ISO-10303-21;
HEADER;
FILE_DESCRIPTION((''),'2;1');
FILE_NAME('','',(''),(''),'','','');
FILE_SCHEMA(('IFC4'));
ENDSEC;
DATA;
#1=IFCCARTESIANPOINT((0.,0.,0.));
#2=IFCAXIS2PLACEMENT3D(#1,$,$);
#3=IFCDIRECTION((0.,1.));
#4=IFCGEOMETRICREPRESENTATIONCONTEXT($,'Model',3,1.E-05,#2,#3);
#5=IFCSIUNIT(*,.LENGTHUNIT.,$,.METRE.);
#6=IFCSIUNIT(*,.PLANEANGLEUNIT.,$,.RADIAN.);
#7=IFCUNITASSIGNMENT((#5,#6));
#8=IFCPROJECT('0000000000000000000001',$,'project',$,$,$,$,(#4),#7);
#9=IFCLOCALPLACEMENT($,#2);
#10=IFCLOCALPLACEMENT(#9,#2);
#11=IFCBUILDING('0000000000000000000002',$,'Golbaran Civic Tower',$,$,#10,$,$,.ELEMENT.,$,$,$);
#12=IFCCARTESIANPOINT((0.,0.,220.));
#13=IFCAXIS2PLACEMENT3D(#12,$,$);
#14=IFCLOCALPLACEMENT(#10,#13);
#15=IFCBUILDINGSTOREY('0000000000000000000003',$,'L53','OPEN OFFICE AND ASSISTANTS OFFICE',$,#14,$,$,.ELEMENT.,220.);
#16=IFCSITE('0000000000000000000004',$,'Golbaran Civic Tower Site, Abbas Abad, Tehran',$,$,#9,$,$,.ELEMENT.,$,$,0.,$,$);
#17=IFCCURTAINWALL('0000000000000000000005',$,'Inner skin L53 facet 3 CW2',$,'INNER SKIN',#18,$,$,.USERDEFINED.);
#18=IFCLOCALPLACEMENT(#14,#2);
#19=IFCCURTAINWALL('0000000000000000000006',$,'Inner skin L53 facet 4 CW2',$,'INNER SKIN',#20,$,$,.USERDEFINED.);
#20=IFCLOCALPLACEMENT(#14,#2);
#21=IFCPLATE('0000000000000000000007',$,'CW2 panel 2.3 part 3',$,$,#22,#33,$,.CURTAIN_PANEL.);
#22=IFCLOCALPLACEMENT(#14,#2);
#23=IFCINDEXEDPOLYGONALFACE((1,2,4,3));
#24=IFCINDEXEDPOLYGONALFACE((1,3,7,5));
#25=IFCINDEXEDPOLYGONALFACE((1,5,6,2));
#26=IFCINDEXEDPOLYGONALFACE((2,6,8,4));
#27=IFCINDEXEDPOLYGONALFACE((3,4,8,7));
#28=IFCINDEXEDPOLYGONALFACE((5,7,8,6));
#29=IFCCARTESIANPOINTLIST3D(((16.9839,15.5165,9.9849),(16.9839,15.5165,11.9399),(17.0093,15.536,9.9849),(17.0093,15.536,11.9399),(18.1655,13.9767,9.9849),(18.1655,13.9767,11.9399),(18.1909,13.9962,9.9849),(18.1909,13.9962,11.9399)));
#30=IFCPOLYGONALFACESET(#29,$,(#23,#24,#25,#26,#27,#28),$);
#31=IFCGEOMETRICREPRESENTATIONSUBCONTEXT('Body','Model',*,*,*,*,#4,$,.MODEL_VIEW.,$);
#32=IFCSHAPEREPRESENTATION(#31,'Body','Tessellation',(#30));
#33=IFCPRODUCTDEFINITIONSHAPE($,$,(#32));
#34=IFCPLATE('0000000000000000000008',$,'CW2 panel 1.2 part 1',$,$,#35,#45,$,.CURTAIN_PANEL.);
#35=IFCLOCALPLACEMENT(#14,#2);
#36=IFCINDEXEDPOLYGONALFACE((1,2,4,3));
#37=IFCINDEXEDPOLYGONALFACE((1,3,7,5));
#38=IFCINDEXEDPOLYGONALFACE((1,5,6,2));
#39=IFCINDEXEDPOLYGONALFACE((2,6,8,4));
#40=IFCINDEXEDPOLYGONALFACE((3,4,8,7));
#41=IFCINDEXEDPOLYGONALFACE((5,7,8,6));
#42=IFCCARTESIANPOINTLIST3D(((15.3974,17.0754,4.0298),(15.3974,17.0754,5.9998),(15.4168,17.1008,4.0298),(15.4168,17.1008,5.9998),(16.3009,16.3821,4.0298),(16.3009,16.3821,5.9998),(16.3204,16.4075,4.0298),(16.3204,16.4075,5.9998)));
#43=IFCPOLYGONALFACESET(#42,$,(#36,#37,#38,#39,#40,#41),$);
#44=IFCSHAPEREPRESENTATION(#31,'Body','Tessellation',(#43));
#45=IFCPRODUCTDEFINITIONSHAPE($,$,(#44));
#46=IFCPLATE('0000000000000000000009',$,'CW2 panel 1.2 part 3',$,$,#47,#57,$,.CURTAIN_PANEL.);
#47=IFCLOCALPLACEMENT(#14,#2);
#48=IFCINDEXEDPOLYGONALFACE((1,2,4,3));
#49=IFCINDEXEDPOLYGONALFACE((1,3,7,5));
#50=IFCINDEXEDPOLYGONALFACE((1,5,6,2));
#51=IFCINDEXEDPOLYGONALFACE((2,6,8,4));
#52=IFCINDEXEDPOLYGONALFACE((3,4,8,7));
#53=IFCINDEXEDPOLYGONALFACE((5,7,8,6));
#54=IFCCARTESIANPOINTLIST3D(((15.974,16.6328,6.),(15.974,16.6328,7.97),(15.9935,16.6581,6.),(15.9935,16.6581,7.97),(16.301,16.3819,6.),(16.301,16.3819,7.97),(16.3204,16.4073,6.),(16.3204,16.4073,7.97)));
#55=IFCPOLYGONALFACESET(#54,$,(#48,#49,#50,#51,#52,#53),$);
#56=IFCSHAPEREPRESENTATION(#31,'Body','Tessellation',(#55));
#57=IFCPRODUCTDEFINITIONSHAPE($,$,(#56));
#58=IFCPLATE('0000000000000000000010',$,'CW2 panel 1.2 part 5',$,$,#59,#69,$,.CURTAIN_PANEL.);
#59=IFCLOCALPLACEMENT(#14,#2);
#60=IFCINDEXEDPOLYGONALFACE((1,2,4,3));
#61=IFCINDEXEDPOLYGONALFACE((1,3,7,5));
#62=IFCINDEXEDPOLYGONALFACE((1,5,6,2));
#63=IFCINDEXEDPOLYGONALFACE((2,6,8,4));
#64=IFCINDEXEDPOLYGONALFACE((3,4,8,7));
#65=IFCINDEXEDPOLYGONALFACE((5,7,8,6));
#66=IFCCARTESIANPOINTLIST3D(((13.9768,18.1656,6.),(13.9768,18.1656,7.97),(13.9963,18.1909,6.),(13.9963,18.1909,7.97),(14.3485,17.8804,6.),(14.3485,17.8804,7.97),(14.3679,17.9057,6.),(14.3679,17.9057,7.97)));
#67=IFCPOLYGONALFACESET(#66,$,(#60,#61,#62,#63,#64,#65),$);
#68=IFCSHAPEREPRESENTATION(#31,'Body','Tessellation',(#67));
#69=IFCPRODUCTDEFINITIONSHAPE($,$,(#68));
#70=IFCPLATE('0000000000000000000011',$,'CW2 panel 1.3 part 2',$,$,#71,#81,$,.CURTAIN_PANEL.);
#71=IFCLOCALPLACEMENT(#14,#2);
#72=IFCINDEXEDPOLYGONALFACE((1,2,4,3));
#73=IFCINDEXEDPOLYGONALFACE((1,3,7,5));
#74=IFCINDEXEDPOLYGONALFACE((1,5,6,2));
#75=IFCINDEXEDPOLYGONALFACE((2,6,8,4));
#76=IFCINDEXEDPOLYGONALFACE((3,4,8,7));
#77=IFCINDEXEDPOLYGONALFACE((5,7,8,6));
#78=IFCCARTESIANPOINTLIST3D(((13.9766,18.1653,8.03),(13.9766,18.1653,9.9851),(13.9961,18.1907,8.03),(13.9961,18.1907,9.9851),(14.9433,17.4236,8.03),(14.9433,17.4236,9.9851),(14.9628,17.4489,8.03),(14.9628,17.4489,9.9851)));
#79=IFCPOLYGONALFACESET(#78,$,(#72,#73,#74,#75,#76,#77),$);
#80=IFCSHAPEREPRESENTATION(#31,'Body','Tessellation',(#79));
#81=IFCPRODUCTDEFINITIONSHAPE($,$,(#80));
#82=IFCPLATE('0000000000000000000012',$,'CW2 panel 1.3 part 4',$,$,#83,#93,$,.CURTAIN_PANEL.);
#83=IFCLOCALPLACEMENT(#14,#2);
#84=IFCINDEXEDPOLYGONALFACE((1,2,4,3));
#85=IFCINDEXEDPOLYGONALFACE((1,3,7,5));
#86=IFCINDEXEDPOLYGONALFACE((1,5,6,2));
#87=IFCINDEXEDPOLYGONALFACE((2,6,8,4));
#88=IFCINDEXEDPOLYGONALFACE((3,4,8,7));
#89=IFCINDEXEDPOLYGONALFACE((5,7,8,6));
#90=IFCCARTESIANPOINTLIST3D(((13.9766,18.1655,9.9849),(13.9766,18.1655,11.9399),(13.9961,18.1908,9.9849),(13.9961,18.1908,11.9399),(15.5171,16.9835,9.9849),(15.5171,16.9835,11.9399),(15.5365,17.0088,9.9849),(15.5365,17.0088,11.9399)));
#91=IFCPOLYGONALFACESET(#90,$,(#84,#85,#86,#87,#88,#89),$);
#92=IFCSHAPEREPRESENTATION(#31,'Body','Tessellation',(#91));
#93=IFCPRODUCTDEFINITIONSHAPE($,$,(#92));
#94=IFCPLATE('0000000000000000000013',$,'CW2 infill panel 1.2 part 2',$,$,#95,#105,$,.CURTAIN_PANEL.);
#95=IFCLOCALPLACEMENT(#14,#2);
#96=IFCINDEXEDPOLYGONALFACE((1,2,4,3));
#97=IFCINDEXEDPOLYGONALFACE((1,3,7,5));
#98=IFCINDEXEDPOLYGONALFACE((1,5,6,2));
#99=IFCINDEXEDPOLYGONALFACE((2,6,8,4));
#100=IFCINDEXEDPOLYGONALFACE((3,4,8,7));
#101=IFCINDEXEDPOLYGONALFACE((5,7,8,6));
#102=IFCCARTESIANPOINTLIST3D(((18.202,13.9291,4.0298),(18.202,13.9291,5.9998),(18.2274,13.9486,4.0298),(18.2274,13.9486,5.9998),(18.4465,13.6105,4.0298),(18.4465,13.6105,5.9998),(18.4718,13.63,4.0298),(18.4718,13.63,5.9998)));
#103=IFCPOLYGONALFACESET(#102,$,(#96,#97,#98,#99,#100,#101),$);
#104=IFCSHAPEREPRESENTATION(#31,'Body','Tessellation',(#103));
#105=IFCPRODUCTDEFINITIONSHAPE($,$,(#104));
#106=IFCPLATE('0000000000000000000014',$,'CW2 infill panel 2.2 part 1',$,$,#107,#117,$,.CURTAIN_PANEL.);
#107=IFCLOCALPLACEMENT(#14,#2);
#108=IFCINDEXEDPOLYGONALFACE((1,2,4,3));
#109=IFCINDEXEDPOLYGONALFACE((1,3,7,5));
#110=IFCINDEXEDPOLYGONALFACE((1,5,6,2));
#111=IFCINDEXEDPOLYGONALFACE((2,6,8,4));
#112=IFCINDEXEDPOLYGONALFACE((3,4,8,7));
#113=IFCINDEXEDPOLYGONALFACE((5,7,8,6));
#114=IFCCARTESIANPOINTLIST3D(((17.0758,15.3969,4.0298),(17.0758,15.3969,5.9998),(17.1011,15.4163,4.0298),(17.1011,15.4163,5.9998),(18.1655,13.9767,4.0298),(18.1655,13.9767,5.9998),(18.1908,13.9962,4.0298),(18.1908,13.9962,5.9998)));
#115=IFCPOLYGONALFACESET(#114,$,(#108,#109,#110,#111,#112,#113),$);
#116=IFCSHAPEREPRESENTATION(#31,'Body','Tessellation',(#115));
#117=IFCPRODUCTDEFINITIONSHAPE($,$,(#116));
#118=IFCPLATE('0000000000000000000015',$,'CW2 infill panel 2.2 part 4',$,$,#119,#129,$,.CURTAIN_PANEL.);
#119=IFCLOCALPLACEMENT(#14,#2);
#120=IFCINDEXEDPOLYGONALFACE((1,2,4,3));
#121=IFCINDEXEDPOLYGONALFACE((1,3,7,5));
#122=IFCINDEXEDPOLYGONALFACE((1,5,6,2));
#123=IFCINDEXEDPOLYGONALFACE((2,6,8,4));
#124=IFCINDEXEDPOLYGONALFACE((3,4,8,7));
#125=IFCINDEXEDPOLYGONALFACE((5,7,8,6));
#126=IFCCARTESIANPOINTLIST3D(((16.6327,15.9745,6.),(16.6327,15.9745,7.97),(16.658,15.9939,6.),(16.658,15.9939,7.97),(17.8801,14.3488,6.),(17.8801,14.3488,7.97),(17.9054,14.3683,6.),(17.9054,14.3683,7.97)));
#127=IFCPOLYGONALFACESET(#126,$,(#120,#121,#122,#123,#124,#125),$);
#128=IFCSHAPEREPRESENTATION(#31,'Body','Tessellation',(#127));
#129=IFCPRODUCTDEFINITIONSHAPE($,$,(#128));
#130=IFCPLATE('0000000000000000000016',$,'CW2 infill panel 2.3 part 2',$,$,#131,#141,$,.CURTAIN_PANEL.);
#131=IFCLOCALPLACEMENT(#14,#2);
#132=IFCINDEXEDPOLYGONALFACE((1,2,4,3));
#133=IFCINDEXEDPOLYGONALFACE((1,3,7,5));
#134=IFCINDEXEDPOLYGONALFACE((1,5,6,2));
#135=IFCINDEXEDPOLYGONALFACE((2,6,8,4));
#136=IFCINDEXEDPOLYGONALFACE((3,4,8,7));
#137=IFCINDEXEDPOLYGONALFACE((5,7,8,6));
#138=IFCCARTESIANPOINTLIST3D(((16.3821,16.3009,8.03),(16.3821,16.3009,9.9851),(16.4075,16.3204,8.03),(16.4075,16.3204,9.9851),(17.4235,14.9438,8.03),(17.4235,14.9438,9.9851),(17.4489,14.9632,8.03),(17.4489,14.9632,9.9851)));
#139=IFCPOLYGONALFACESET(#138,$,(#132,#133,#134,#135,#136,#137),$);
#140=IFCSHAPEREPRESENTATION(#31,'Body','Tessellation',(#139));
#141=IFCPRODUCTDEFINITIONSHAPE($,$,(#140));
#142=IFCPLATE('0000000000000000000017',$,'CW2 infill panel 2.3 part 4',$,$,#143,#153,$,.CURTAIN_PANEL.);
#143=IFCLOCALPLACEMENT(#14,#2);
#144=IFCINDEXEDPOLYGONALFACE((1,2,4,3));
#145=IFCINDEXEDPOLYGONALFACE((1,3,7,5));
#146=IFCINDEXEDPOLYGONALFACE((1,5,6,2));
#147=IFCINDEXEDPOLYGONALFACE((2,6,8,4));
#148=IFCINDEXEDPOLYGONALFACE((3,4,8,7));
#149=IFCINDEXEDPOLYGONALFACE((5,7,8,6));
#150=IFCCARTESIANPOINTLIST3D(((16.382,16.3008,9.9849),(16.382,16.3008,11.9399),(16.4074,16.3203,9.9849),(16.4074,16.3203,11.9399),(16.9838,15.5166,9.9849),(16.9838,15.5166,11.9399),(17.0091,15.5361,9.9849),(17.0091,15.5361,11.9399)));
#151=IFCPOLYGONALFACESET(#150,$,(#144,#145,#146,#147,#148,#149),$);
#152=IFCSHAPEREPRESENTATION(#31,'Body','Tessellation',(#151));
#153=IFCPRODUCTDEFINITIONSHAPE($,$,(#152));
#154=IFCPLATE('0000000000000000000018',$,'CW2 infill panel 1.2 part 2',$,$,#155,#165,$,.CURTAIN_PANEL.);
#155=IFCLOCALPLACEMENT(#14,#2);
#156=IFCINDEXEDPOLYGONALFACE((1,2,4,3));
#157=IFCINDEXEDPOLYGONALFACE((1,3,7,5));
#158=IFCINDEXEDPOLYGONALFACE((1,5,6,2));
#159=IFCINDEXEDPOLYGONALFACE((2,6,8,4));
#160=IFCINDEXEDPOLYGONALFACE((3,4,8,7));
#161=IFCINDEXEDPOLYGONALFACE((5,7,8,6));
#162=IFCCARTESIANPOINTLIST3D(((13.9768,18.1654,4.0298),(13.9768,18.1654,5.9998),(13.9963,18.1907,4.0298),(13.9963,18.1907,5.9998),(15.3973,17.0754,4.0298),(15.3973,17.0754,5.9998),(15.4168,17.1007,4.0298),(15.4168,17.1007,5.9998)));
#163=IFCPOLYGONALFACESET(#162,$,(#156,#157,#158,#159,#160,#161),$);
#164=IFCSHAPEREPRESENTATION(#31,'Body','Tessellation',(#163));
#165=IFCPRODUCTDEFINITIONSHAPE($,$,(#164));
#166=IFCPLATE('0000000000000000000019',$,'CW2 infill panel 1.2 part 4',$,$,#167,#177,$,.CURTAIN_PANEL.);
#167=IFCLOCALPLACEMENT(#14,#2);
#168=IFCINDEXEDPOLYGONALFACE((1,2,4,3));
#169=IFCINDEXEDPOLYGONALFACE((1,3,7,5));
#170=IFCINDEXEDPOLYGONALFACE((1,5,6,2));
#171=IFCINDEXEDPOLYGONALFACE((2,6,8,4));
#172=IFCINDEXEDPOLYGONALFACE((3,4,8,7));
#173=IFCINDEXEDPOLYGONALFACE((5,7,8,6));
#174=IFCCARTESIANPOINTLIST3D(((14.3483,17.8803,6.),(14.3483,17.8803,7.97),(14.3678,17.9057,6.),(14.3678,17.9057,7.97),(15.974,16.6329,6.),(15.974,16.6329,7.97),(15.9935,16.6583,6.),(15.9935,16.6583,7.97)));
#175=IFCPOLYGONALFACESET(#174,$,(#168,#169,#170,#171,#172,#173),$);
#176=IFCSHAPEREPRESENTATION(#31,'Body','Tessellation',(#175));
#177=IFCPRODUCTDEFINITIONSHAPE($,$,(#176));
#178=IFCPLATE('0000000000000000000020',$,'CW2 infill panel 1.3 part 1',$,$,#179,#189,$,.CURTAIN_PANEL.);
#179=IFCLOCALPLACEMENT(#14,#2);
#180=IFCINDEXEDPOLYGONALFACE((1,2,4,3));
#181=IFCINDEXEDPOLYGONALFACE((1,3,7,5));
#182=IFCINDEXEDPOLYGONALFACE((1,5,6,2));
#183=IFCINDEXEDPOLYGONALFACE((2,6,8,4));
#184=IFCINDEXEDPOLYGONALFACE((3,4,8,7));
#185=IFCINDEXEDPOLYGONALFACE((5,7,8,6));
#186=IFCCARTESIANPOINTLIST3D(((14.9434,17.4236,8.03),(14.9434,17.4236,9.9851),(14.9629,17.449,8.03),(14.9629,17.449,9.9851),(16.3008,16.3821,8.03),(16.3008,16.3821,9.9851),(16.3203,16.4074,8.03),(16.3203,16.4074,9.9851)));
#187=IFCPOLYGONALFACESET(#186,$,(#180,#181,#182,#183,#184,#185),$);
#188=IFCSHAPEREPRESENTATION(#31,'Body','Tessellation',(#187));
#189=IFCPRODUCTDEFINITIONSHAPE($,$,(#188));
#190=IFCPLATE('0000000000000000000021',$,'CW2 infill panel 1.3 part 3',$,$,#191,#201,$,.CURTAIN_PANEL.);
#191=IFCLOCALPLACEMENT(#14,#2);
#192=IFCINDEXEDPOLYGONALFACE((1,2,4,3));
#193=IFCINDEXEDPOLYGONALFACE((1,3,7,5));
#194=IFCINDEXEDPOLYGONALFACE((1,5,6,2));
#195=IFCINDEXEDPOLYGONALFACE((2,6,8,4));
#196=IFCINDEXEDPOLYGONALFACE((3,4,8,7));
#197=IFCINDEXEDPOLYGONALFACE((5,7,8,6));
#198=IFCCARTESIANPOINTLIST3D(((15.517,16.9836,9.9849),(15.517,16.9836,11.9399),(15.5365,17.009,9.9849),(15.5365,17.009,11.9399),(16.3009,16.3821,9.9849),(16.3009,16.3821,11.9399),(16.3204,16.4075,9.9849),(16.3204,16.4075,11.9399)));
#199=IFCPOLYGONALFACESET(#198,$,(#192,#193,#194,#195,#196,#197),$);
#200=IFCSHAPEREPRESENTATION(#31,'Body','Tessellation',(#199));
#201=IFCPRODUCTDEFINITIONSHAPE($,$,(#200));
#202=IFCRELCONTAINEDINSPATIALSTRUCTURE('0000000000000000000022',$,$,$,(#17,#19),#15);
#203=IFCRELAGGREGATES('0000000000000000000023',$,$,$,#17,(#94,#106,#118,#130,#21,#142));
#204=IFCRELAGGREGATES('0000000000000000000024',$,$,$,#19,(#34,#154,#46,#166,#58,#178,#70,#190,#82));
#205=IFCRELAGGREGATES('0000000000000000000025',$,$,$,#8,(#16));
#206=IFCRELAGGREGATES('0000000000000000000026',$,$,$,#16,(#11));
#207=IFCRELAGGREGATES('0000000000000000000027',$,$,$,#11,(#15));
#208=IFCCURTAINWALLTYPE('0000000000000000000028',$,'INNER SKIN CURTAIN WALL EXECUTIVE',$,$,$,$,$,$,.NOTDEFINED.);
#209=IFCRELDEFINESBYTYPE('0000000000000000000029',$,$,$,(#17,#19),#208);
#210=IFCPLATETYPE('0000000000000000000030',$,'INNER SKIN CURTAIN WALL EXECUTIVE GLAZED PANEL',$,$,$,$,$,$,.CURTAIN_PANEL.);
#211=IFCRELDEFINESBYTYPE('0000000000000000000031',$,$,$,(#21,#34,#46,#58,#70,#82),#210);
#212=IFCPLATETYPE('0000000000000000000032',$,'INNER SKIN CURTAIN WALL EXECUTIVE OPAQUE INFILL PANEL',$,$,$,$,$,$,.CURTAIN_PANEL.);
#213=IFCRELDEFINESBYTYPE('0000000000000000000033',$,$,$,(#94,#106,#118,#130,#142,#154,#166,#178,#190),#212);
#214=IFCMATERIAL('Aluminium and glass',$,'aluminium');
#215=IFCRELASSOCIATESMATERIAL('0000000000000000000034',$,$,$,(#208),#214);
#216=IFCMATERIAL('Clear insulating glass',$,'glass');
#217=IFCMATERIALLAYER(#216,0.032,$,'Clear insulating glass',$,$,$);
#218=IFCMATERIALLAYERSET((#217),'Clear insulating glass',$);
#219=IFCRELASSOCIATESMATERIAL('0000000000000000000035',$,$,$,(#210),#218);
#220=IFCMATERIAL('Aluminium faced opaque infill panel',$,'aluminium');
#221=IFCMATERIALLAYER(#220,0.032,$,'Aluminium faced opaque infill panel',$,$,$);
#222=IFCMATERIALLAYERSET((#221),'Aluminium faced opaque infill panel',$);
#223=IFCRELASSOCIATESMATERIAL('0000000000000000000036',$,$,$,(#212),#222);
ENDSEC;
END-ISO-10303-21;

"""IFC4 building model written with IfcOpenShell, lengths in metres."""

from ifc_helpers import new_model, si_unit, direction, frame, origin, origin_2d, place, context, subcontext, project, spatial, rectangle, extrude, material, layer, layer_set, type_object, element, aggregate, save


model = new_model("IFC4")

# Units and contexts
model_context = context("Model", 3, precision=1e-05, world=origin(), true_north=direction((0.0, 1.0)))
body_context = subcontext(model_context, "Body", "Model", "MODEL_VIEW")
ifc_project = project(units=[si_unit("LENGTHUNIT", "METRE"), si_unit("PLANEANGLEUNIT", "RADIAN")], contexts=[model_context])

# Site, building, storey
site_placement = place(None, origin())
site = spatial("IfcSite", under=ifc_project, at=site_placement, Name="Golbaran Civic Tower Site, Abbas Abad, Tehran", CompositionType="ELEMENT", RefElevation=0.0)
building_placement = place(site_placement, origin())
building = spatial("IfcBuilding", under=site, at=building_placement, Name="Golbaran Civic Tower", CompositionType="ELEMENT")
storey_placement = place(building_placement, frame((0.0, 0.0, 220.0)))
storey = spatial("IfcBuildingStorey", under=building, at=storey_placement, Name="L53", Description="OPEN OFFICE AND ASSISTANTS OFFICE", CompositionType="ELEMENT", Elevation=220.0)

# Curtain walls
ifc_material_1 = material(Name="Aluminium and glass", Category="aluminium")
curtain_wall_type = type_object("IfcCurtainWallType", Name="INNER SKIN CURTAIN WALL EXECUTIVE", PredefinedType="NOTDEFINED", material=ifc_material_1)
curtain_wall_1_placement = place(storey_placement, origin())
curtain_wall_1 = element("IfcCurtainWall", 1, at=curtain_wall_1_placement, inside=storey, type_object=curtain_wall_type, Name="Inner skin L53 facet 3 CW2", ObjectType="INNER SKIN", PredefinedType="USERDEFINED")
curtain_wall_2_placement = place(storey_placement, origin())
curtain_wall_2 = element("IfcCurtainWall", 2, at=curtain_wall_2_placement, inside=storey, type_object=curtain_wall_type, Name="Inner skin L53 facet 4 CW2", ObjectType="INNER SKIN", PredefinedType="USERDEFINED")

# Shared definitions
ifc_material_2 = material(Name="Clear insulating glass", Category="glass")
ifc_layer_1 = layer(ifc_material_2, 0.032, Name="Clear insulating glass")
ifc_layer_set_1 = layer_set([ifc_layer_1], Name="Clear insulating glass")
plate_type_1 = type_object("IfcPlateType", Name="INNER SKIN CURTAIN WALL EXECUTIVE GLAZED PANEL", PredefinedType="CURTAIN_PANEL", material=ifc_layer_set_1)

# Plates
plate_1_placement = place(storey_placement, frame((17.5874, 14.7563, 9.9849), z_axis=(0.0, 0.0, 1.0), x_axis=(-0.608761, 0.793353, 0.0)))
plate_1 = element("IfcPlate", 3, at=plate_1_placement, type_object=plate_type_1, Name="CW2 panel 2.3 part 3", PredefinedType="CURTAIN_PANEL", context=body_context, shape_type="SweptSolid", body=[
    extrude(rectangle(XDim=1.9409, YDim=0.032, at=origin_2d()), origin(), (0.0, 0.0, 1.0), 1.9551),
])
plate_2_placement = place(storey_placement, frame((15.8589, 16.7415, 4.0298), z_axis=(0.0, 0.0, 1.0), x_axis=(-0.793353, 0.608761, 0.0)))
plate_2 = element("IfcPlate", 4, at=plate_2_placement, type_object=plate_type_1, Name="CW2 panel 1.2 part 1", PredefinedType="CURTAIN_PANEL", context=body_context, shape_type="SweptSolid", body=[
    extrude(rectangle(XDim=1.1389, YDim=0.032, at=origin_2d()), origin(), (0.0, 0.0, 1.0), 1.97),
])
plate_3_placement = place(storey_placement, frame((16.1472, 16.52, 6.0), z_axis=(0.0, 0.0, 1.0), x_axis=(-0.793353, 0.608761, 0.0)))
plate_3 = element("IfcPlate", 5, at=plate_3_placement, type_object=plate_type_1, Name="CW2 panel 1.2 part 3", PredefinedType="CURTAIN_PANEL", context=body_context, shape_type="SweptSolid", body=[
    extrude(rectangle(XDim=0.4121, YDim=0.032, at=origin_2d()), origin(), (0.0, 0.0, 1.0), 1.97),
])
plate_4_placement = place(storey_placement, frame((14.1724, 18.0356, 6.0), z_axis=(0.0, 0.0, 1.0), x_axis=(-0.793353, 0.608761, 0.0)))
plate_4 = element("IfcPlate", 6, at=plate_4_placement, type_object=plate_type_1, Name="CW2 panel 1.2 part 5", PredefinedType="CURTAIN_PANEL", context=body_context, shape_type="SweptSolid", body=[
    extrude(rectangle(XDim=0.4685, YDim=0.032, at=origin_2d()), origin(), (0.0, 0.0, 1.0), 1.97),
])
plate_5_placement = place(storey_placement, frame((14.4697, 17.8071, 8.03), z_axis=(0.0, 0.0, 1.0), x_axis=(-0.793353, 0.608761, 0.0)))
plate_5 = element("IfcPlate", 7, at=plate_5_placement, type_object=plate_type_1, Name="CW2 panel 1.3 part 2", PredefinedType="CURTAIN_PANEL", context=body_context, shape_type="SweptSolid", body=[
    extrude(rectangle(XDim=1.2185, YDim=0.032, at=origin_2d()), origin(), (0.0, 0.0, 1.0), 1.9551),
])
plate_6_placement = place(storey_placement, frame((14.7566, 17.5872, 9.9849), z_axis=(0.0, 0.0, 1.0), x_axis=(-0.793353, 0.608761, 0.0)))
plate_6 = element("IfcPlate", 8, at=plate_6_placement, type_object=plate_type_1, Name="CW2 panel 1.3 part 4", PredefinedType="CURTAIN_PANEL", context=body_context, shape_type="SweptSolid", body=[
    extrude(rectangle(XDim=1.9417, YDim=0.032, at=origin_2d()), origin(), (0.0, 0.0, 1.0), 1.9551),
])
ifc_material_3 = material(Name="Aluminium faced opaque infill panel", Category="aluminium")
ifc_layer_2 = layer(ifc_material_3, 0.032, Name="Aluminium faced opaque infill panel")
ifc_layer_set_2 = layer_set([ifc_layer_2], Name="Aluminium faced opaque infill panel")
plate_type_2 = type_object("IfcPlateType", Name="INNER SKIN CURTAIN WALL EXECUTIVE OPAQUE INFILL PANEL", PredefinedType="CURTAIN_PANEL", material=ifc_layer_set_2)
plate_7_placement = place(storey_placement, frame((18.3369, 13.7795, 4.0298), z_axis=(0.0, 0.0, 1.0), x_axis=(-0.608761, 0.793353, 0.0)))
plate_7 = element("IfcPlate", 9, at=plate_7_placement, type_object=plate_type_2, Name="CW2 infill panel 1.2 part 2", PredefinedType="CURTAIN_PANEL", context=body_context, shape_type="SweptSolid", body=[
    extrude(rectangle(XDim=0.4016, YDim=0.032, at=origin_2d()), origin(), (0.0, 0.0, 1.0), 1.97),
])
plate_8_placement = place(storey_placement, frame((17.6333, 14.6965, 4.0298), z_axis=(0.0, 0.0, 1.0), x_axis=(-0.608761, 0.793353, 0.0)))
plate_8 = element("IfcPlate", 10, at=plate_8_placement, type_object=plate_type_2, Name="CW2 infill panel 2.2 part 1", PredefinedType="CURTAIN_PANEL", context=body_context, shape_type="SweptSolid", body=[
    extrude(rectangle(XDim=1.79, YDim=0.032, at=origin_2d()), origin(), (0.0, 0.0, 1.0), 1.97),
])
plate_9_placement = place(storey_placement, frame((17.269, 15.1714, 6.0), z_axis=(0.0, 0.0, 1.0), x_axis=(-0.608761, 0.793353, 0.0)))
plate_9 = element("IfcPlate", 11, at=plate_9_placement, type_object=plate_type_2, Name="CW2 infill panel 2.2 part 4", PredefinedType="CURTAIN_PANEL", context=body_context, shape_type="SweptSolid", body=[
    extrude(rectangle(XDim=2.0491, YDim=0.032, at=origin_2d()), origin(), (0.0, 0.0, 1.0), 1.97),
])
plate_10_placement = place(storey_placement, frame((16.9155, 15.6321, 8.03), z_axis=(0.0, 0.0, 1.0), x_axis=(-0.608761, 0.793353, 0.0)))
plate_10 = element("IfcPlate", 12, at=plate_10_placement, type_object=plate_type_2, Name="CW2 infill panel 2.3 part 2", PredefinedType="CURTAIN_PANEL", context=body_context, shape_type="SweptSolid", body=[
    extrude(rectangle(XDim=1.7107, YDim=0.032, at=origin_2d()), origin(), (0.0, 0.0, 1.0), 1.9551),
])
plate_11_placement = place(storey_placement, frame((16.6956, 15.9185, 9.9849), z_axis=(0.0, 0.0, 1.0), x_axis=(-0.608761, 0.793353, 0.0)))
plate_11 = element("IfcPlate", 13, at=plate_11_placement, type_object=plate_type_2, Name="CW2 infill panel 2.3 part 4", PredefinedType="CURTAIN_PANEL", context=body_context, shape_type="SweptSolid", body=[
    extrude(rectangle(XDim=0.9885, YDim=0.032, at=origin_2d()), origin(), (0.0, 0.0, 1.0), 1.9551),
])
aggregate(curtain_wall_1, [plate_7, plate_8, plate_9, plate_10, plate_1, plate_11])
plate_12_placement = place(storey_placement, frame((14.6968, 17.6331, 4.0298), z_axis=(0.0, 0.0, 1.0), x_axis=(-0.793353, 0.608761, 0.0)))
plate_12 = element("IfcPlate", 14, at=plate_12_placement, type_object=plate_type_2, Name="CW2 infill panel 1.2 part 2", PredefinedType="CURTAIN_PANEL", context=body_context, shape_type="SweptSolid", body=[
    extrude(rectangle(XDim=1.7905, YDim=0.032, at=origin_2d()), origin(), (0.0, 0.0, 1.0), 1.97),
])
plate_13_placement = place(storey_placement, frame((15.1709, 17.2693, 6.0), z_axis=(0.0, 0.0, 1.0), x_axis=(-0.793353, 0.608761, 0.0)))
plate_13 = element("IfcPlate", 15, at=plate_13_placement, type_object=plate_type_2, Name="CW2 infill panel 1.2 part 4", PredefinedType="CURTAIN_PANEL", context=body_context, shape_type="SweptSolid", body=[
    extrude(rectangle(XDim=2.0491, YDim=0.032, at=origin_2d()), origin(), (0.0, 0.0, 1.0), 1.97),
])
plate_14_placement = place(storey_placement, frame((15.6318, 16.9155, 8.03), z_axis=(0.0, 0.0, 1.0), x_axis=(-0.793353, 0.608761, 0.0)))
plate_14 = element("IfcPlate", 16, at=plate_14_placement, type_object=plate_type_2, Name="CW2 infill panel 1.3 part 1", PredefinedType="CURTAIN_PANEL", context=body_context, shape_type="SweptSolid", body=[
    extrude(rectangle(XDim=1.7109, YDim=0.032, at=origin_2d()), origin(), (0.0, 0.0, 1.0), 1.9551),
])
plate_15_placement = place(storey_placement, frame((15.9187, 16.6956, 9.9849), z_axis=(0.0, 0.0, 1.0), x_axis=(-0.793353, 0.608761, 0.0)))
plate_15 = element("IfcPlate", 17, at=plate_15_placement, type_object=plate_type_2, Name="CW2 infill panel 1.3 part 3", PredefinedType="CURTAIN_PANEL", context=body_context, shape_type="SweptSolid", body=[
    extrude(rectangle(XDim=0.988, YDim=0.032, at=origin_2d()), origin(), (0.0, 0.0, 1.0), 1.9551),
])
aggregate(curtain_wall_2, [plate_2, plate_12, plate_3, plate_13, plate_4, plate_14, plate_5, plate_15, plate_6])

save(model, "model.ifc")
